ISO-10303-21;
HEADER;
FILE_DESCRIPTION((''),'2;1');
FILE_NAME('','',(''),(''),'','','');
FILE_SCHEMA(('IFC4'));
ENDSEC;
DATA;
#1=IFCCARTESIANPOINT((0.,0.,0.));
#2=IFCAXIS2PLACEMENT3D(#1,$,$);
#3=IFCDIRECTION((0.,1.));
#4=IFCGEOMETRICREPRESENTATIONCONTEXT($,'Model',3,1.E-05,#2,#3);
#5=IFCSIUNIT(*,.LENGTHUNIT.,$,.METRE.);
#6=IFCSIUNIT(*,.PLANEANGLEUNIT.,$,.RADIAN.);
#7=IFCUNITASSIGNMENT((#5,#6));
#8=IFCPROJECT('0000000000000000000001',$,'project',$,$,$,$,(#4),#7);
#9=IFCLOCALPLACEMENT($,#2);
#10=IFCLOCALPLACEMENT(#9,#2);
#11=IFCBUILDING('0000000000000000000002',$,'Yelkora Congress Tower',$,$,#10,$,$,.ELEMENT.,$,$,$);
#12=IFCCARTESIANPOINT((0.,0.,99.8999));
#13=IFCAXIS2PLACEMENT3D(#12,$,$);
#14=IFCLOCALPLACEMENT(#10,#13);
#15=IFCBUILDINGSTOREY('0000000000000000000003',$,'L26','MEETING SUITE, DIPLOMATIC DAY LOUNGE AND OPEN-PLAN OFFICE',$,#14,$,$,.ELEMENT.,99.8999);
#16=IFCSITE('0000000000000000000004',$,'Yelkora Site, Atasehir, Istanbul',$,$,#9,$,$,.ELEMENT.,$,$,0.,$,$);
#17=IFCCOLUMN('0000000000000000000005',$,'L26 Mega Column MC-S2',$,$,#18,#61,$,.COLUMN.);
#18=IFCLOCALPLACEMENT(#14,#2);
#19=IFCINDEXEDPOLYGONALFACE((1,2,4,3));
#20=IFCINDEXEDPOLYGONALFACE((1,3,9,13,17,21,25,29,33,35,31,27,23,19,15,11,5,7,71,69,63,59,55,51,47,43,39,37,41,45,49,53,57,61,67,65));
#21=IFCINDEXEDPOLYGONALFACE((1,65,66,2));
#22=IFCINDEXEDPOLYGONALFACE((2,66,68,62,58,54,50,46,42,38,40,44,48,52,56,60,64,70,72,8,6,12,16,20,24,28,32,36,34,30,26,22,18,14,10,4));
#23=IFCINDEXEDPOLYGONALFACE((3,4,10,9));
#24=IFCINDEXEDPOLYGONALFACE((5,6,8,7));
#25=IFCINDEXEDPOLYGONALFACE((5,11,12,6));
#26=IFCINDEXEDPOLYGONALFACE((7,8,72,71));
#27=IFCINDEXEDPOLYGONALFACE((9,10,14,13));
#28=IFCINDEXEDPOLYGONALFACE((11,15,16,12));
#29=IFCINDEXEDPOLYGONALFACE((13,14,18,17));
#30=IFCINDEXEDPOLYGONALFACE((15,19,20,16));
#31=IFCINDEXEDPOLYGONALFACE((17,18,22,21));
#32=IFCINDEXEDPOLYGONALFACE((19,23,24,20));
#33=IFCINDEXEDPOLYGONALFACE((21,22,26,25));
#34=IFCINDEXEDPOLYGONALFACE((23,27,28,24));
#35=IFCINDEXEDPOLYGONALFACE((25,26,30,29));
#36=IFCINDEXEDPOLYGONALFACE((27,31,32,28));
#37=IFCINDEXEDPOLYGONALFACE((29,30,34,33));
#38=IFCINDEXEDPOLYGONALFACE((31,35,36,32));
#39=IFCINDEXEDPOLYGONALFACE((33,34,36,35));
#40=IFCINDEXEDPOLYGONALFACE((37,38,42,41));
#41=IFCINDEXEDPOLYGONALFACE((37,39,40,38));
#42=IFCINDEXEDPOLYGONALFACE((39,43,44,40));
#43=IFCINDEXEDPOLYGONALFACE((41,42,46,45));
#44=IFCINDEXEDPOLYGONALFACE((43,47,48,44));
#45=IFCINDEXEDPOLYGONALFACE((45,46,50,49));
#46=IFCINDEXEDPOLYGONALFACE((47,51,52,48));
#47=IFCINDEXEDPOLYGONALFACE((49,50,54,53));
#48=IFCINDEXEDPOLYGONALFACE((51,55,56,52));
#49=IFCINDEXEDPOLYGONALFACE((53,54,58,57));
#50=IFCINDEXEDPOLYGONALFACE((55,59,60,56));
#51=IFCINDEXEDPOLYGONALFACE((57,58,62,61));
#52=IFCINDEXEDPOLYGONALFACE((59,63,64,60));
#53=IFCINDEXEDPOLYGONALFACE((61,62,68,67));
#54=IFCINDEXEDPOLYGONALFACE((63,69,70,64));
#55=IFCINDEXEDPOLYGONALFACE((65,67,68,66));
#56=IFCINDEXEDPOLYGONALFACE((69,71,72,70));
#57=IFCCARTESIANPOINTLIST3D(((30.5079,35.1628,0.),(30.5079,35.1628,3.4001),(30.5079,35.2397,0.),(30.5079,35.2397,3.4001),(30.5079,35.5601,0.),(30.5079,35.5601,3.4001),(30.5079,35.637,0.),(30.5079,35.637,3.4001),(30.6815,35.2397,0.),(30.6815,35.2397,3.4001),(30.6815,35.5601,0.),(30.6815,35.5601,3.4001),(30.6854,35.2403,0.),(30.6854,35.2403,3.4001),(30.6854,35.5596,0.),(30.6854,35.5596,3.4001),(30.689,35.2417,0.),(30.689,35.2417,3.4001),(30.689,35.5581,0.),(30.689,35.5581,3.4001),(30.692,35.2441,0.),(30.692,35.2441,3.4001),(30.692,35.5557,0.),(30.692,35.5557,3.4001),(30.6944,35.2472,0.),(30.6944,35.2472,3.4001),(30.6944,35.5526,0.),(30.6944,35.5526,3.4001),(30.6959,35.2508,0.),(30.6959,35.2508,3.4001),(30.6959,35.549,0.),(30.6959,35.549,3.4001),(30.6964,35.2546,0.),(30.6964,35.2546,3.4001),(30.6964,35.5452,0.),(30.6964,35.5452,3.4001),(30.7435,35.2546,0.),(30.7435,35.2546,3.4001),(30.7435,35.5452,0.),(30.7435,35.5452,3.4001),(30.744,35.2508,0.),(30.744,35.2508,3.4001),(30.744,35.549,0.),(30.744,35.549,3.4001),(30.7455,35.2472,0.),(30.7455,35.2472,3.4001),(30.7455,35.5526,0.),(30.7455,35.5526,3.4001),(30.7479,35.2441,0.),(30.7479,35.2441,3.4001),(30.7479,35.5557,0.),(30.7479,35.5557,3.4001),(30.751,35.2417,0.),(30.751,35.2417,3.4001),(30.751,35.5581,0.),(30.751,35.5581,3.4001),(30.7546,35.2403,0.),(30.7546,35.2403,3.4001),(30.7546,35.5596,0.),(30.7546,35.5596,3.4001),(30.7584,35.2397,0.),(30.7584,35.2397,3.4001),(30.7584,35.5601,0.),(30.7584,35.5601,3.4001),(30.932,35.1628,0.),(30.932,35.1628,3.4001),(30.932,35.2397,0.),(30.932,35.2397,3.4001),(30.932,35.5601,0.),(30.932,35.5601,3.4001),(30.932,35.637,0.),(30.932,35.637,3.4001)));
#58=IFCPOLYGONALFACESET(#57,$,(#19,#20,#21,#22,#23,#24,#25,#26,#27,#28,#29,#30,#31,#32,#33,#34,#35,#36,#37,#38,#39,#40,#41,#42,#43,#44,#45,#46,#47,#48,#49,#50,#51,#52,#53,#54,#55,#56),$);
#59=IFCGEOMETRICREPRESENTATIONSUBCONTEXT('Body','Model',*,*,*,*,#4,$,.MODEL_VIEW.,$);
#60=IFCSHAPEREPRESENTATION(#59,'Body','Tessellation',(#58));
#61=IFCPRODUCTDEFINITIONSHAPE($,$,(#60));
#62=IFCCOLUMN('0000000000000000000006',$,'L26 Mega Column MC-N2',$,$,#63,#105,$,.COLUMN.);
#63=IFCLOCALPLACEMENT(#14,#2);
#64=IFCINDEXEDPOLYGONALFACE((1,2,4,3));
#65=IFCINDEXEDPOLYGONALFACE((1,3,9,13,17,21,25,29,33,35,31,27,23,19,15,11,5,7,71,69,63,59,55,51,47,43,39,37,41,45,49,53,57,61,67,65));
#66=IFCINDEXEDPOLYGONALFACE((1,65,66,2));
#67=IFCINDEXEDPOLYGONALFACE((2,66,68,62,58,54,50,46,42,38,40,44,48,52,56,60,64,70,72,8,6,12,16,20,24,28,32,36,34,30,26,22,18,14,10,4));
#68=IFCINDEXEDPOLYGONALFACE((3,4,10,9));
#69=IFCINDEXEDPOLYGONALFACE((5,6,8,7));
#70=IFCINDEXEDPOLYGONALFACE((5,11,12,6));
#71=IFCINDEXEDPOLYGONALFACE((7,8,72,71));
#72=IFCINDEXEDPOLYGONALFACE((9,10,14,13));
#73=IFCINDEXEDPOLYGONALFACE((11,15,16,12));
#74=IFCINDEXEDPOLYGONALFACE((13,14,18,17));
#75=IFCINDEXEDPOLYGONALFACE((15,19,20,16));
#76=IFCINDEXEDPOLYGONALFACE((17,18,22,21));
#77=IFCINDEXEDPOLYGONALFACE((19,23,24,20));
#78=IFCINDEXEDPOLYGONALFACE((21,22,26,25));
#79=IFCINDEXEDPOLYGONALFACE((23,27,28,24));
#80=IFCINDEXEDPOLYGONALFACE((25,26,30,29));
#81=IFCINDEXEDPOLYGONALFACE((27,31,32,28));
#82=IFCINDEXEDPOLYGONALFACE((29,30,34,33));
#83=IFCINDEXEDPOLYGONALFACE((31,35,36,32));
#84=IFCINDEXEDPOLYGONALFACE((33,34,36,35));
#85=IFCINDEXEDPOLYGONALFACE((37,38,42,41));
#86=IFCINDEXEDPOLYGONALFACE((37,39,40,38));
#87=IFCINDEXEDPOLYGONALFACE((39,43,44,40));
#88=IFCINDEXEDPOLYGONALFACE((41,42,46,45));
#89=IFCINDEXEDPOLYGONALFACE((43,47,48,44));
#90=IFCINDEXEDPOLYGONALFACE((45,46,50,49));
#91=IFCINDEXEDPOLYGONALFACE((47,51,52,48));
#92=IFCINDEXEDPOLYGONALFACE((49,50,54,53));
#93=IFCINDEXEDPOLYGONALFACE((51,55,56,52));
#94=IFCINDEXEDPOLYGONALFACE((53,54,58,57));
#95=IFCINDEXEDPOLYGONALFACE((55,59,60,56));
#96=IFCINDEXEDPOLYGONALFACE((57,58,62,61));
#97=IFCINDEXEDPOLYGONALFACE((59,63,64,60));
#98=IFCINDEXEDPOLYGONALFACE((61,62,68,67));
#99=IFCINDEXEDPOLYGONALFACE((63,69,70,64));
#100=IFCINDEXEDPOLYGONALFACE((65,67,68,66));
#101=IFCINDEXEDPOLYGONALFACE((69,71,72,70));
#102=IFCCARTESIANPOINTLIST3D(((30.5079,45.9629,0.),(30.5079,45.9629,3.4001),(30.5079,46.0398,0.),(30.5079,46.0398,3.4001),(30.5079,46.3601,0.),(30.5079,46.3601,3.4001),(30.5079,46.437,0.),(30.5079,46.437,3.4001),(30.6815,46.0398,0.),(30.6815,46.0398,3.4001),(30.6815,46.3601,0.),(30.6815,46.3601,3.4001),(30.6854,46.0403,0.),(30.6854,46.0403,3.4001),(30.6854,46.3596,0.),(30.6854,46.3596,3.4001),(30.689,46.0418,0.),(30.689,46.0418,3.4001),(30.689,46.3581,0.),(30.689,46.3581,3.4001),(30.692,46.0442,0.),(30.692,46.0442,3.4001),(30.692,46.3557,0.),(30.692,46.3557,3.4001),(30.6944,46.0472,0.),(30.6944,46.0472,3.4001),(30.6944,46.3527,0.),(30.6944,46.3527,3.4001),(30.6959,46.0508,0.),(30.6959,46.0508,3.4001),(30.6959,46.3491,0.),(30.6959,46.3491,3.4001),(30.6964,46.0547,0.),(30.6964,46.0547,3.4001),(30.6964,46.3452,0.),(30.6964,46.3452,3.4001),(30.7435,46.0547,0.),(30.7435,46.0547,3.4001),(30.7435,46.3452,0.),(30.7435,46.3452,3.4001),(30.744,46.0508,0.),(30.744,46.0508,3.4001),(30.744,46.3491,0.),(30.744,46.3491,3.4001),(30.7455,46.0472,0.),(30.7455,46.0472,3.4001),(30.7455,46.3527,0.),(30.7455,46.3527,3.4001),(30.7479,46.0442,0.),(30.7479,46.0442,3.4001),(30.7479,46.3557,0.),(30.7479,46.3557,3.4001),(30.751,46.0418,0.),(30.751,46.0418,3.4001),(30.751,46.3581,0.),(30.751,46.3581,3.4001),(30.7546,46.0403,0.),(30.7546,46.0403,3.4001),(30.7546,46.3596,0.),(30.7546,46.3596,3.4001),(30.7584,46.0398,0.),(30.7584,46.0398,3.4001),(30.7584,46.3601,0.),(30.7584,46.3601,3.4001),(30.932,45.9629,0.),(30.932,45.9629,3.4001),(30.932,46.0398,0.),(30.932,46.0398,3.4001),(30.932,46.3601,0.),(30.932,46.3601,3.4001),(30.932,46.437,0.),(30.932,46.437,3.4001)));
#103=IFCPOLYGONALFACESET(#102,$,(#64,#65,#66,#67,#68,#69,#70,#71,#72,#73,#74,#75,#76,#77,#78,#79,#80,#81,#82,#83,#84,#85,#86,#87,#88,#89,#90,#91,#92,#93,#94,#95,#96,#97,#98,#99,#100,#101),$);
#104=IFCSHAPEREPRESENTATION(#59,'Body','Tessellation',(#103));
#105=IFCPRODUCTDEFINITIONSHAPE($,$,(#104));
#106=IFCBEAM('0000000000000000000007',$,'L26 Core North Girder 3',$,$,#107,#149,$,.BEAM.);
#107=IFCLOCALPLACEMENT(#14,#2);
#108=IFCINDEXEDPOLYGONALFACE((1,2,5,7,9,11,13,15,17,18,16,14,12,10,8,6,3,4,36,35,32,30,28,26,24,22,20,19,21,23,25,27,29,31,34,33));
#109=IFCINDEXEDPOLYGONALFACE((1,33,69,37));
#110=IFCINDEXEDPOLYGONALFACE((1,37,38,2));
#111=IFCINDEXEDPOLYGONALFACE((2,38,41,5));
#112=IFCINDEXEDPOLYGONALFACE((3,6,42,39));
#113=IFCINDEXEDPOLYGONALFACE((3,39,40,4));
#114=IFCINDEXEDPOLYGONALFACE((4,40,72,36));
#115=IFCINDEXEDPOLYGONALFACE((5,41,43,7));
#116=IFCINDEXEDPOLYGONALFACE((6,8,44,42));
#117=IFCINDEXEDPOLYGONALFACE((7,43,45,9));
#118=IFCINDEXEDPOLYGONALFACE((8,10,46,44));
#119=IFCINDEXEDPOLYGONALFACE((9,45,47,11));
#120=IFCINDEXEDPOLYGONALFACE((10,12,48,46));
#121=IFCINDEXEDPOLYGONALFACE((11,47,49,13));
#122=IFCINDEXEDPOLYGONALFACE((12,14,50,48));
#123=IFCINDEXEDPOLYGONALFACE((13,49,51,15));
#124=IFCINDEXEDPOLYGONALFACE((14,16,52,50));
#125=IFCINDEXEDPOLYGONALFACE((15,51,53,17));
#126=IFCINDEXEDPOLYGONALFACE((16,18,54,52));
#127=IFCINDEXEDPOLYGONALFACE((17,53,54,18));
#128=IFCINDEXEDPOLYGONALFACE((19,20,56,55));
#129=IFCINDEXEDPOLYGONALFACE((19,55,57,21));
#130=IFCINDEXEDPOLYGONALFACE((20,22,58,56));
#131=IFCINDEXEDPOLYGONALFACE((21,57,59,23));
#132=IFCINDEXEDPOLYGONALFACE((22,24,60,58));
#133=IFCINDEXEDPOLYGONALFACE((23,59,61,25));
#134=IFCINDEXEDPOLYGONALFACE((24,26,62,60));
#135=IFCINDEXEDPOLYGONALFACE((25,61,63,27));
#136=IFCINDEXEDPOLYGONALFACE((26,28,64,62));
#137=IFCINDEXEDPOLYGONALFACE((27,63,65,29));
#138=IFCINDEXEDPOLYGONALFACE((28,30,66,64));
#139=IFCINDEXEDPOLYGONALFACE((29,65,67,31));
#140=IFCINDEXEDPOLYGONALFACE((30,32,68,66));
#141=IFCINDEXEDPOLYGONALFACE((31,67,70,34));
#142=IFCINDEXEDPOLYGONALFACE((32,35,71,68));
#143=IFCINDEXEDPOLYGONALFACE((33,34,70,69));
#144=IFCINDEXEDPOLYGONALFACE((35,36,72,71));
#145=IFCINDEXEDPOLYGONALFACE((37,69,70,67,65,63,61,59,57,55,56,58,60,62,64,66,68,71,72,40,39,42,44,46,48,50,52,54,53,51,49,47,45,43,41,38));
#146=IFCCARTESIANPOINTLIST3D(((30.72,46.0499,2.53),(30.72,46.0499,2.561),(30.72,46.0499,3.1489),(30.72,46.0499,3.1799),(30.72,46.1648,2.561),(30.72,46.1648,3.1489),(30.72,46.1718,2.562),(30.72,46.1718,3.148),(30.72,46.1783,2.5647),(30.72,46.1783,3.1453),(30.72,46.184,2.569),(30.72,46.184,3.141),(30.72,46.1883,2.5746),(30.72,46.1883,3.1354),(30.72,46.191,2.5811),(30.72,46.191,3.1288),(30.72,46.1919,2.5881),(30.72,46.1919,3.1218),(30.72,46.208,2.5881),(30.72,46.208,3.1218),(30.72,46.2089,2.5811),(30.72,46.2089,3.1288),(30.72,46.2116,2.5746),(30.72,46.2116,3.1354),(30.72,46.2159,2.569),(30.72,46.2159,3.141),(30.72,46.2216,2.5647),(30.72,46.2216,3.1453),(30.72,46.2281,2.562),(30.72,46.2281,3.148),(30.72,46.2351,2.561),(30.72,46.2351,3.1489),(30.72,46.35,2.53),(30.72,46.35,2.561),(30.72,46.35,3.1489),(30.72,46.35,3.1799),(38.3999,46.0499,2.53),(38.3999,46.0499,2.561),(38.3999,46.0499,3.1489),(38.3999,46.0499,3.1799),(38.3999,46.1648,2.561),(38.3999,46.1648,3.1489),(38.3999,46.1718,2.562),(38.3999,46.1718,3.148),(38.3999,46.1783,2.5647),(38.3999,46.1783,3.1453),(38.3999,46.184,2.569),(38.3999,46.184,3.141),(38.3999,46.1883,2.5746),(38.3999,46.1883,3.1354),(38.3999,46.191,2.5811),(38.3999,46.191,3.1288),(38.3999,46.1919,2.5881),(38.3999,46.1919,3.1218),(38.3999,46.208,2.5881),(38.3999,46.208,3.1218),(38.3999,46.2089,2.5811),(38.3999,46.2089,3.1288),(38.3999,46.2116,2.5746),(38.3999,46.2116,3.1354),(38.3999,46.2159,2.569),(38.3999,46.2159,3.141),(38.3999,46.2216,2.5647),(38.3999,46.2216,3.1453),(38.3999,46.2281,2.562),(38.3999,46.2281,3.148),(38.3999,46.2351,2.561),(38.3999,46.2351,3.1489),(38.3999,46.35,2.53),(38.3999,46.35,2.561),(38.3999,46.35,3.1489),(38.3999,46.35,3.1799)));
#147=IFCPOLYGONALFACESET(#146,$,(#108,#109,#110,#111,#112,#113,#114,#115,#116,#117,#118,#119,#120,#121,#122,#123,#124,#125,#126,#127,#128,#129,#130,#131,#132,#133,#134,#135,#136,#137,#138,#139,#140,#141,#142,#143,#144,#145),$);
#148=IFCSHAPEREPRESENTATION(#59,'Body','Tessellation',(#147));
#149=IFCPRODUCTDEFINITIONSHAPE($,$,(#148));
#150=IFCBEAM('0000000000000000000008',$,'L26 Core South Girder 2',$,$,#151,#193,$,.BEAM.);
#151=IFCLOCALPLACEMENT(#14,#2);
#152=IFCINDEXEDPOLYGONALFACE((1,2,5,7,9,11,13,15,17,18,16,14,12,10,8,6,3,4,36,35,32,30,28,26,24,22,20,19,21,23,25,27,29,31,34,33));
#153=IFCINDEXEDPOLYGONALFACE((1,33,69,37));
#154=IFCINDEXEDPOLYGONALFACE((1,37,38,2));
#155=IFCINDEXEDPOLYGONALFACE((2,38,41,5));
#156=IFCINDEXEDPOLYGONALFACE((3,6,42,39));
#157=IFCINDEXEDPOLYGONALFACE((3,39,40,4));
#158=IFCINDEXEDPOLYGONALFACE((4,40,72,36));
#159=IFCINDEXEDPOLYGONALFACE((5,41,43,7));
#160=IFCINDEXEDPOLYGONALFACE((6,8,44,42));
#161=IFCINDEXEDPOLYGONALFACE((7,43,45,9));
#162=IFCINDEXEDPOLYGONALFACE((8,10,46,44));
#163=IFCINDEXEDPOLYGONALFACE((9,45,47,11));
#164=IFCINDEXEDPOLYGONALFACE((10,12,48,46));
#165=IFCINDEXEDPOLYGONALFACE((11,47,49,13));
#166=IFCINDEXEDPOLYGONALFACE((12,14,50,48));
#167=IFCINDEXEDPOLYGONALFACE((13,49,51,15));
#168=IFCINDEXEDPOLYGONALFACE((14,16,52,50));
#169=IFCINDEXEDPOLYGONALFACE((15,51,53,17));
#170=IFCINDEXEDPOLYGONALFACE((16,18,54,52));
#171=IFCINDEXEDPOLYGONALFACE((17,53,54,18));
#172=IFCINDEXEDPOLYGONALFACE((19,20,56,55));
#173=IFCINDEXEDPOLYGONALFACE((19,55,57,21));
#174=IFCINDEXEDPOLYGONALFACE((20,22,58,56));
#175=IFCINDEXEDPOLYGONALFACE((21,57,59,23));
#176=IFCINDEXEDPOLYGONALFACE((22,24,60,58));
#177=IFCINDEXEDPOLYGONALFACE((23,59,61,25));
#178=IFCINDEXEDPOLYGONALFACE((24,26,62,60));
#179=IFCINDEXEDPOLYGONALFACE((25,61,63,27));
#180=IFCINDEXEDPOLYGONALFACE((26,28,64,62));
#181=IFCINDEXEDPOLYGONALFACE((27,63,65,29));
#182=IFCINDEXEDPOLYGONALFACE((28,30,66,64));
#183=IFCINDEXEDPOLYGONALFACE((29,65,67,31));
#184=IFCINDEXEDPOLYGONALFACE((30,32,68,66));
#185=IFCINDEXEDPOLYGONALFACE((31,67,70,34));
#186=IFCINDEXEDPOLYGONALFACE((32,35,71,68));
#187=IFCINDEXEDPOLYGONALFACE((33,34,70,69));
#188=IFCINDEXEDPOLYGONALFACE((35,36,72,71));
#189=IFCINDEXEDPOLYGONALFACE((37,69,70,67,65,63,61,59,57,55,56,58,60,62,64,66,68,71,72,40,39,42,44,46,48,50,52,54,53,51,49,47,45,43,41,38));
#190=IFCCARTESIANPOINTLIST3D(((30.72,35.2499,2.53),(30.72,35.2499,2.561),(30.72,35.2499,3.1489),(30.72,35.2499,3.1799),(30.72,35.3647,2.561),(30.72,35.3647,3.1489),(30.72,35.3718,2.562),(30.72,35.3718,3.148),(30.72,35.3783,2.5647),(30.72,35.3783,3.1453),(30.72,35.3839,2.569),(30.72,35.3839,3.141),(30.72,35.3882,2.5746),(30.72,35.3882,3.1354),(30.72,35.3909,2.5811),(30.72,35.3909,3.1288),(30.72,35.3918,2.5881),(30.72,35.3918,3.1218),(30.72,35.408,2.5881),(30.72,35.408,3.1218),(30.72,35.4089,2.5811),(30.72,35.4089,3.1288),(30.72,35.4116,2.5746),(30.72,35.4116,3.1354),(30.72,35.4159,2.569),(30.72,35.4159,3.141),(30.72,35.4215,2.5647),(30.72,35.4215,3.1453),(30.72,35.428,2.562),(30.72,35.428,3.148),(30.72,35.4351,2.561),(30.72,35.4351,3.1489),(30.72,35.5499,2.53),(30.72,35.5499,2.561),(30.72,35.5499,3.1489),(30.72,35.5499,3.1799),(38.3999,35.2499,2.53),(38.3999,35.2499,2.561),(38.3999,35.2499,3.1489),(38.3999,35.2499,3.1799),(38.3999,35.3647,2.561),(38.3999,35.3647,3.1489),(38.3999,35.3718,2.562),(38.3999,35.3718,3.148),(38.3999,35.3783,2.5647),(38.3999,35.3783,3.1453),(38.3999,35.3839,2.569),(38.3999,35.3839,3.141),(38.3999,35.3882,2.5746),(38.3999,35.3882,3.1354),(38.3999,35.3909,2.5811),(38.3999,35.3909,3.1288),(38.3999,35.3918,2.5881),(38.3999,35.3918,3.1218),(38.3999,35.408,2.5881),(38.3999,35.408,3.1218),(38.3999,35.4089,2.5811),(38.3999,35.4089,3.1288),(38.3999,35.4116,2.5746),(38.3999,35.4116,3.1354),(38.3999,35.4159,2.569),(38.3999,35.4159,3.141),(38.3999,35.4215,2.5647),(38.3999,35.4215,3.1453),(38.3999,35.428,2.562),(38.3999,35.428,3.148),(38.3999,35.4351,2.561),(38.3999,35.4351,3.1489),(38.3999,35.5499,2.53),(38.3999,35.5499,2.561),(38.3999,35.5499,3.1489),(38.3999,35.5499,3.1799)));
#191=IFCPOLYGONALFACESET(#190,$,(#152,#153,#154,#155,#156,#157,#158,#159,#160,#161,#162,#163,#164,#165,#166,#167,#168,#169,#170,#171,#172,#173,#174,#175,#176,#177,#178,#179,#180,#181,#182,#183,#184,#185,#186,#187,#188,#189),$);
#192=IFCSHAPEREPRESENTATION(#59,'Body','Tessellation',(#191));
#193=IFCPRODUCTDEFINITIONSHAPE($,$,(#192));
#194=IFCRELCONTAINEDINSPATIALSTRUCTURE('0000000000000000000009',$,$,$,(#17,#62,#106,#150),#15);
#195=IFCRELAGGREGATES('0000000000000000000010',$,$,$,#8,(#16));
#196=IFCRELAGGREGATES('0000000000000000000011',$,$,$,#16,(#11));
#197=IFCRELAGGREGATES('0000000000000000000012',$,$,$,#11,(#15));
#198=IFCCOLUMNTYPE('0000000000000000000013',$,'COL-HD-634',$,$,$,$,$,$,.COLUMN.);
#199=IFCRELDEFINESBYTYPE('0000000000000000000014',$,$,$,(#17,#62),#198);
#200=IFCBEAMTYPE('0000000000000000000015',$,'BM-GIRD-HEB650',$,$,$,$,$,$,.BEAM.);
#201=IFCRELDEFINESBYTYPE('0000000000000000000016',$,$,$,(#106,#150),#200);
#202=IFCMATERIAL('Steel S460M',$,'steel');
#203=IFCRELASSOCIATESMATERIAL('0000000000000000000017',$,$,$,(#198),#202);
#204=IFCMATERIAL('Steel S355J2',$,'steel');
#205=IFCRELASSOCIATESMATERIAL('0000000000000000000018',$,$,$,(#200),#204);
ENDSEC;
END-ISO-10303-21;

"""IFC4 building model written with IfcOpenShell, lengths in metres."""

from ifc_helpers import new_model, si_unit, direction, frame, origin, origin_2d, place, context, subcontext, project, spatial, i_section, extrude, material, material_profile, profile_set, type_object, element, save


model = new_model("IFC4")

# Units and contexts
model_context = context("Model", 3, precision=1e-05, world=origin(), true_north=direction((0.0, 1.0)))
body_context = subcontext(model_context, "Body", "Model", "MODEL_VIEW")
ifc_project = project(units=[si_unit("LENGTHUNIT", "METRE"), si_unit("PLANEANGLEUNIT", "RADIAN")], contexts=[model_context])

# Site, building, storey
site_placement = place(None, origin())
site = spatial("IfcSite", under=ifc_project, at=site_placement, Name="Yelkora Site, Atasehir, Istanbul", CompositionType="ELEMENT", RefElevation=0.0)
building_placement = place(site_placement, origin())
building = spatial("IfcBuilding", under=site, at=building_placement, Name="Yelkora Congress Tower", CompositionType="ELEMENT")
storey_placement = place(building_placement, frame((0.0, 0.0, 99.8999)))
storey = spatial("IfcBuildingStorey", under=building, at=storey_placement, Name="L26", Description="MEETING SUITE, DIPLOMATIC DAY LOUNGE AND OPEN-PLAN OFFICE", CompositionType="ELEMENT", Elevation=99.8999)

# Columns
ifc_material_1 = material(Name="Steel S460M", Category="steel")
ifc_material_profile_1 = material_profile(ifc_material_1, i_section(OverallWidth=0.4241, OverallDepth=0.4741, WebThickness=0.0471, FlangeThickness=0.0769, FilletRadius=0.0149, at=origin_2d()), Name="HD 400x634")
ifc_profile_set_1 = profile_set([ifc_material_profile_1], Name="Steel S460M")
column_type = type_object("IfcColumnType", Name="COL-HD-634", PredefinedType="COLUMN", material=ifc_profile_set_1)
for number, where, z_axis, x_axis, name in (
    (1, (30.72, 35.3999, 0.0), (0.0, 0.0, 1.0), (1.0, 0.0, 0.0), "L26 Mega Column MC-S2"),
    (2, (30.72, 46.2, 0.0), (0.0, 0.0, 1.0), (1.0, 0.0, 0.0), "L26 Mega Column MC-N2"),
):
    element("IfcColumn", number, at=place(storey_placement, frame(where, z_axis=z_axis, x_axis=x_axis)), inside=storey, type_object=column_type, Name=name, PredefinedType="COLUMN", context=body_context, shape_type="SweptSolid", body=[
        extrude(i_section(OverallWidth=0.4241, OverallDepth=0.4741, WebThickness=0.0471, FlangeThickness=0.0769, FilletRadius=0.0149, at=origin_2d()), origin(), (0.0, 0.0, 1.0), 3.4001),
    ])

# Beams
ifc_material_2 = material(Name="Steel S355J2", Category="steel")
ifc_material_profile_2 = material_profile(ifc_material_2, i_section(OverallWidth=0.3, OverallDepth=0.6499, WebThickness=0.0161, FlangeThickness=0.031, FilletRadius=0.0271, at=origin_2d()), Name="HEB 650")
ifc_profile_set_2 = profile_set([ifc_material_profile_2], Name="Steel S355J2")
beam_type = type_object("IfcBeamType", Name="BM-GIRD-HEB650", PredefinedType="BEAM", material=ifc_profile_set_2)
for number, where, z_axis, x_axis, name in (
    (3, (30.72, 46.2, 2.855), (1.0, 0.0, 0.0), (0.0, 1.0, 0.0), "L26 Core North Girder 3"),
    (4, (30.72, 35.3999, 2.855), (1.0, 0.0, 0.0), (0.0, 1.0, 0.0), "L26 Core South Girder 2"),
):
    element("IfcBeam", number, at=place(storey_placement, frame(where, z_axis=z_axis, x_axis=x_axis)), inside=storey, type_object=beam_type, Name=name, PredefinedType="BEAM", context=body_context, shape_type="SweptSolid", body=[
        extrude(i_section(OverallWidth=0.3, OverallDepth=0.6499, WebThickness=0.0161, FlangeThickness=0.031, FilletRadius=0.0271, at=origin_2d()), origin(), (0.0, 0.0, 1.0), 7.6799),
    ])

save(model, "model.ifc")
